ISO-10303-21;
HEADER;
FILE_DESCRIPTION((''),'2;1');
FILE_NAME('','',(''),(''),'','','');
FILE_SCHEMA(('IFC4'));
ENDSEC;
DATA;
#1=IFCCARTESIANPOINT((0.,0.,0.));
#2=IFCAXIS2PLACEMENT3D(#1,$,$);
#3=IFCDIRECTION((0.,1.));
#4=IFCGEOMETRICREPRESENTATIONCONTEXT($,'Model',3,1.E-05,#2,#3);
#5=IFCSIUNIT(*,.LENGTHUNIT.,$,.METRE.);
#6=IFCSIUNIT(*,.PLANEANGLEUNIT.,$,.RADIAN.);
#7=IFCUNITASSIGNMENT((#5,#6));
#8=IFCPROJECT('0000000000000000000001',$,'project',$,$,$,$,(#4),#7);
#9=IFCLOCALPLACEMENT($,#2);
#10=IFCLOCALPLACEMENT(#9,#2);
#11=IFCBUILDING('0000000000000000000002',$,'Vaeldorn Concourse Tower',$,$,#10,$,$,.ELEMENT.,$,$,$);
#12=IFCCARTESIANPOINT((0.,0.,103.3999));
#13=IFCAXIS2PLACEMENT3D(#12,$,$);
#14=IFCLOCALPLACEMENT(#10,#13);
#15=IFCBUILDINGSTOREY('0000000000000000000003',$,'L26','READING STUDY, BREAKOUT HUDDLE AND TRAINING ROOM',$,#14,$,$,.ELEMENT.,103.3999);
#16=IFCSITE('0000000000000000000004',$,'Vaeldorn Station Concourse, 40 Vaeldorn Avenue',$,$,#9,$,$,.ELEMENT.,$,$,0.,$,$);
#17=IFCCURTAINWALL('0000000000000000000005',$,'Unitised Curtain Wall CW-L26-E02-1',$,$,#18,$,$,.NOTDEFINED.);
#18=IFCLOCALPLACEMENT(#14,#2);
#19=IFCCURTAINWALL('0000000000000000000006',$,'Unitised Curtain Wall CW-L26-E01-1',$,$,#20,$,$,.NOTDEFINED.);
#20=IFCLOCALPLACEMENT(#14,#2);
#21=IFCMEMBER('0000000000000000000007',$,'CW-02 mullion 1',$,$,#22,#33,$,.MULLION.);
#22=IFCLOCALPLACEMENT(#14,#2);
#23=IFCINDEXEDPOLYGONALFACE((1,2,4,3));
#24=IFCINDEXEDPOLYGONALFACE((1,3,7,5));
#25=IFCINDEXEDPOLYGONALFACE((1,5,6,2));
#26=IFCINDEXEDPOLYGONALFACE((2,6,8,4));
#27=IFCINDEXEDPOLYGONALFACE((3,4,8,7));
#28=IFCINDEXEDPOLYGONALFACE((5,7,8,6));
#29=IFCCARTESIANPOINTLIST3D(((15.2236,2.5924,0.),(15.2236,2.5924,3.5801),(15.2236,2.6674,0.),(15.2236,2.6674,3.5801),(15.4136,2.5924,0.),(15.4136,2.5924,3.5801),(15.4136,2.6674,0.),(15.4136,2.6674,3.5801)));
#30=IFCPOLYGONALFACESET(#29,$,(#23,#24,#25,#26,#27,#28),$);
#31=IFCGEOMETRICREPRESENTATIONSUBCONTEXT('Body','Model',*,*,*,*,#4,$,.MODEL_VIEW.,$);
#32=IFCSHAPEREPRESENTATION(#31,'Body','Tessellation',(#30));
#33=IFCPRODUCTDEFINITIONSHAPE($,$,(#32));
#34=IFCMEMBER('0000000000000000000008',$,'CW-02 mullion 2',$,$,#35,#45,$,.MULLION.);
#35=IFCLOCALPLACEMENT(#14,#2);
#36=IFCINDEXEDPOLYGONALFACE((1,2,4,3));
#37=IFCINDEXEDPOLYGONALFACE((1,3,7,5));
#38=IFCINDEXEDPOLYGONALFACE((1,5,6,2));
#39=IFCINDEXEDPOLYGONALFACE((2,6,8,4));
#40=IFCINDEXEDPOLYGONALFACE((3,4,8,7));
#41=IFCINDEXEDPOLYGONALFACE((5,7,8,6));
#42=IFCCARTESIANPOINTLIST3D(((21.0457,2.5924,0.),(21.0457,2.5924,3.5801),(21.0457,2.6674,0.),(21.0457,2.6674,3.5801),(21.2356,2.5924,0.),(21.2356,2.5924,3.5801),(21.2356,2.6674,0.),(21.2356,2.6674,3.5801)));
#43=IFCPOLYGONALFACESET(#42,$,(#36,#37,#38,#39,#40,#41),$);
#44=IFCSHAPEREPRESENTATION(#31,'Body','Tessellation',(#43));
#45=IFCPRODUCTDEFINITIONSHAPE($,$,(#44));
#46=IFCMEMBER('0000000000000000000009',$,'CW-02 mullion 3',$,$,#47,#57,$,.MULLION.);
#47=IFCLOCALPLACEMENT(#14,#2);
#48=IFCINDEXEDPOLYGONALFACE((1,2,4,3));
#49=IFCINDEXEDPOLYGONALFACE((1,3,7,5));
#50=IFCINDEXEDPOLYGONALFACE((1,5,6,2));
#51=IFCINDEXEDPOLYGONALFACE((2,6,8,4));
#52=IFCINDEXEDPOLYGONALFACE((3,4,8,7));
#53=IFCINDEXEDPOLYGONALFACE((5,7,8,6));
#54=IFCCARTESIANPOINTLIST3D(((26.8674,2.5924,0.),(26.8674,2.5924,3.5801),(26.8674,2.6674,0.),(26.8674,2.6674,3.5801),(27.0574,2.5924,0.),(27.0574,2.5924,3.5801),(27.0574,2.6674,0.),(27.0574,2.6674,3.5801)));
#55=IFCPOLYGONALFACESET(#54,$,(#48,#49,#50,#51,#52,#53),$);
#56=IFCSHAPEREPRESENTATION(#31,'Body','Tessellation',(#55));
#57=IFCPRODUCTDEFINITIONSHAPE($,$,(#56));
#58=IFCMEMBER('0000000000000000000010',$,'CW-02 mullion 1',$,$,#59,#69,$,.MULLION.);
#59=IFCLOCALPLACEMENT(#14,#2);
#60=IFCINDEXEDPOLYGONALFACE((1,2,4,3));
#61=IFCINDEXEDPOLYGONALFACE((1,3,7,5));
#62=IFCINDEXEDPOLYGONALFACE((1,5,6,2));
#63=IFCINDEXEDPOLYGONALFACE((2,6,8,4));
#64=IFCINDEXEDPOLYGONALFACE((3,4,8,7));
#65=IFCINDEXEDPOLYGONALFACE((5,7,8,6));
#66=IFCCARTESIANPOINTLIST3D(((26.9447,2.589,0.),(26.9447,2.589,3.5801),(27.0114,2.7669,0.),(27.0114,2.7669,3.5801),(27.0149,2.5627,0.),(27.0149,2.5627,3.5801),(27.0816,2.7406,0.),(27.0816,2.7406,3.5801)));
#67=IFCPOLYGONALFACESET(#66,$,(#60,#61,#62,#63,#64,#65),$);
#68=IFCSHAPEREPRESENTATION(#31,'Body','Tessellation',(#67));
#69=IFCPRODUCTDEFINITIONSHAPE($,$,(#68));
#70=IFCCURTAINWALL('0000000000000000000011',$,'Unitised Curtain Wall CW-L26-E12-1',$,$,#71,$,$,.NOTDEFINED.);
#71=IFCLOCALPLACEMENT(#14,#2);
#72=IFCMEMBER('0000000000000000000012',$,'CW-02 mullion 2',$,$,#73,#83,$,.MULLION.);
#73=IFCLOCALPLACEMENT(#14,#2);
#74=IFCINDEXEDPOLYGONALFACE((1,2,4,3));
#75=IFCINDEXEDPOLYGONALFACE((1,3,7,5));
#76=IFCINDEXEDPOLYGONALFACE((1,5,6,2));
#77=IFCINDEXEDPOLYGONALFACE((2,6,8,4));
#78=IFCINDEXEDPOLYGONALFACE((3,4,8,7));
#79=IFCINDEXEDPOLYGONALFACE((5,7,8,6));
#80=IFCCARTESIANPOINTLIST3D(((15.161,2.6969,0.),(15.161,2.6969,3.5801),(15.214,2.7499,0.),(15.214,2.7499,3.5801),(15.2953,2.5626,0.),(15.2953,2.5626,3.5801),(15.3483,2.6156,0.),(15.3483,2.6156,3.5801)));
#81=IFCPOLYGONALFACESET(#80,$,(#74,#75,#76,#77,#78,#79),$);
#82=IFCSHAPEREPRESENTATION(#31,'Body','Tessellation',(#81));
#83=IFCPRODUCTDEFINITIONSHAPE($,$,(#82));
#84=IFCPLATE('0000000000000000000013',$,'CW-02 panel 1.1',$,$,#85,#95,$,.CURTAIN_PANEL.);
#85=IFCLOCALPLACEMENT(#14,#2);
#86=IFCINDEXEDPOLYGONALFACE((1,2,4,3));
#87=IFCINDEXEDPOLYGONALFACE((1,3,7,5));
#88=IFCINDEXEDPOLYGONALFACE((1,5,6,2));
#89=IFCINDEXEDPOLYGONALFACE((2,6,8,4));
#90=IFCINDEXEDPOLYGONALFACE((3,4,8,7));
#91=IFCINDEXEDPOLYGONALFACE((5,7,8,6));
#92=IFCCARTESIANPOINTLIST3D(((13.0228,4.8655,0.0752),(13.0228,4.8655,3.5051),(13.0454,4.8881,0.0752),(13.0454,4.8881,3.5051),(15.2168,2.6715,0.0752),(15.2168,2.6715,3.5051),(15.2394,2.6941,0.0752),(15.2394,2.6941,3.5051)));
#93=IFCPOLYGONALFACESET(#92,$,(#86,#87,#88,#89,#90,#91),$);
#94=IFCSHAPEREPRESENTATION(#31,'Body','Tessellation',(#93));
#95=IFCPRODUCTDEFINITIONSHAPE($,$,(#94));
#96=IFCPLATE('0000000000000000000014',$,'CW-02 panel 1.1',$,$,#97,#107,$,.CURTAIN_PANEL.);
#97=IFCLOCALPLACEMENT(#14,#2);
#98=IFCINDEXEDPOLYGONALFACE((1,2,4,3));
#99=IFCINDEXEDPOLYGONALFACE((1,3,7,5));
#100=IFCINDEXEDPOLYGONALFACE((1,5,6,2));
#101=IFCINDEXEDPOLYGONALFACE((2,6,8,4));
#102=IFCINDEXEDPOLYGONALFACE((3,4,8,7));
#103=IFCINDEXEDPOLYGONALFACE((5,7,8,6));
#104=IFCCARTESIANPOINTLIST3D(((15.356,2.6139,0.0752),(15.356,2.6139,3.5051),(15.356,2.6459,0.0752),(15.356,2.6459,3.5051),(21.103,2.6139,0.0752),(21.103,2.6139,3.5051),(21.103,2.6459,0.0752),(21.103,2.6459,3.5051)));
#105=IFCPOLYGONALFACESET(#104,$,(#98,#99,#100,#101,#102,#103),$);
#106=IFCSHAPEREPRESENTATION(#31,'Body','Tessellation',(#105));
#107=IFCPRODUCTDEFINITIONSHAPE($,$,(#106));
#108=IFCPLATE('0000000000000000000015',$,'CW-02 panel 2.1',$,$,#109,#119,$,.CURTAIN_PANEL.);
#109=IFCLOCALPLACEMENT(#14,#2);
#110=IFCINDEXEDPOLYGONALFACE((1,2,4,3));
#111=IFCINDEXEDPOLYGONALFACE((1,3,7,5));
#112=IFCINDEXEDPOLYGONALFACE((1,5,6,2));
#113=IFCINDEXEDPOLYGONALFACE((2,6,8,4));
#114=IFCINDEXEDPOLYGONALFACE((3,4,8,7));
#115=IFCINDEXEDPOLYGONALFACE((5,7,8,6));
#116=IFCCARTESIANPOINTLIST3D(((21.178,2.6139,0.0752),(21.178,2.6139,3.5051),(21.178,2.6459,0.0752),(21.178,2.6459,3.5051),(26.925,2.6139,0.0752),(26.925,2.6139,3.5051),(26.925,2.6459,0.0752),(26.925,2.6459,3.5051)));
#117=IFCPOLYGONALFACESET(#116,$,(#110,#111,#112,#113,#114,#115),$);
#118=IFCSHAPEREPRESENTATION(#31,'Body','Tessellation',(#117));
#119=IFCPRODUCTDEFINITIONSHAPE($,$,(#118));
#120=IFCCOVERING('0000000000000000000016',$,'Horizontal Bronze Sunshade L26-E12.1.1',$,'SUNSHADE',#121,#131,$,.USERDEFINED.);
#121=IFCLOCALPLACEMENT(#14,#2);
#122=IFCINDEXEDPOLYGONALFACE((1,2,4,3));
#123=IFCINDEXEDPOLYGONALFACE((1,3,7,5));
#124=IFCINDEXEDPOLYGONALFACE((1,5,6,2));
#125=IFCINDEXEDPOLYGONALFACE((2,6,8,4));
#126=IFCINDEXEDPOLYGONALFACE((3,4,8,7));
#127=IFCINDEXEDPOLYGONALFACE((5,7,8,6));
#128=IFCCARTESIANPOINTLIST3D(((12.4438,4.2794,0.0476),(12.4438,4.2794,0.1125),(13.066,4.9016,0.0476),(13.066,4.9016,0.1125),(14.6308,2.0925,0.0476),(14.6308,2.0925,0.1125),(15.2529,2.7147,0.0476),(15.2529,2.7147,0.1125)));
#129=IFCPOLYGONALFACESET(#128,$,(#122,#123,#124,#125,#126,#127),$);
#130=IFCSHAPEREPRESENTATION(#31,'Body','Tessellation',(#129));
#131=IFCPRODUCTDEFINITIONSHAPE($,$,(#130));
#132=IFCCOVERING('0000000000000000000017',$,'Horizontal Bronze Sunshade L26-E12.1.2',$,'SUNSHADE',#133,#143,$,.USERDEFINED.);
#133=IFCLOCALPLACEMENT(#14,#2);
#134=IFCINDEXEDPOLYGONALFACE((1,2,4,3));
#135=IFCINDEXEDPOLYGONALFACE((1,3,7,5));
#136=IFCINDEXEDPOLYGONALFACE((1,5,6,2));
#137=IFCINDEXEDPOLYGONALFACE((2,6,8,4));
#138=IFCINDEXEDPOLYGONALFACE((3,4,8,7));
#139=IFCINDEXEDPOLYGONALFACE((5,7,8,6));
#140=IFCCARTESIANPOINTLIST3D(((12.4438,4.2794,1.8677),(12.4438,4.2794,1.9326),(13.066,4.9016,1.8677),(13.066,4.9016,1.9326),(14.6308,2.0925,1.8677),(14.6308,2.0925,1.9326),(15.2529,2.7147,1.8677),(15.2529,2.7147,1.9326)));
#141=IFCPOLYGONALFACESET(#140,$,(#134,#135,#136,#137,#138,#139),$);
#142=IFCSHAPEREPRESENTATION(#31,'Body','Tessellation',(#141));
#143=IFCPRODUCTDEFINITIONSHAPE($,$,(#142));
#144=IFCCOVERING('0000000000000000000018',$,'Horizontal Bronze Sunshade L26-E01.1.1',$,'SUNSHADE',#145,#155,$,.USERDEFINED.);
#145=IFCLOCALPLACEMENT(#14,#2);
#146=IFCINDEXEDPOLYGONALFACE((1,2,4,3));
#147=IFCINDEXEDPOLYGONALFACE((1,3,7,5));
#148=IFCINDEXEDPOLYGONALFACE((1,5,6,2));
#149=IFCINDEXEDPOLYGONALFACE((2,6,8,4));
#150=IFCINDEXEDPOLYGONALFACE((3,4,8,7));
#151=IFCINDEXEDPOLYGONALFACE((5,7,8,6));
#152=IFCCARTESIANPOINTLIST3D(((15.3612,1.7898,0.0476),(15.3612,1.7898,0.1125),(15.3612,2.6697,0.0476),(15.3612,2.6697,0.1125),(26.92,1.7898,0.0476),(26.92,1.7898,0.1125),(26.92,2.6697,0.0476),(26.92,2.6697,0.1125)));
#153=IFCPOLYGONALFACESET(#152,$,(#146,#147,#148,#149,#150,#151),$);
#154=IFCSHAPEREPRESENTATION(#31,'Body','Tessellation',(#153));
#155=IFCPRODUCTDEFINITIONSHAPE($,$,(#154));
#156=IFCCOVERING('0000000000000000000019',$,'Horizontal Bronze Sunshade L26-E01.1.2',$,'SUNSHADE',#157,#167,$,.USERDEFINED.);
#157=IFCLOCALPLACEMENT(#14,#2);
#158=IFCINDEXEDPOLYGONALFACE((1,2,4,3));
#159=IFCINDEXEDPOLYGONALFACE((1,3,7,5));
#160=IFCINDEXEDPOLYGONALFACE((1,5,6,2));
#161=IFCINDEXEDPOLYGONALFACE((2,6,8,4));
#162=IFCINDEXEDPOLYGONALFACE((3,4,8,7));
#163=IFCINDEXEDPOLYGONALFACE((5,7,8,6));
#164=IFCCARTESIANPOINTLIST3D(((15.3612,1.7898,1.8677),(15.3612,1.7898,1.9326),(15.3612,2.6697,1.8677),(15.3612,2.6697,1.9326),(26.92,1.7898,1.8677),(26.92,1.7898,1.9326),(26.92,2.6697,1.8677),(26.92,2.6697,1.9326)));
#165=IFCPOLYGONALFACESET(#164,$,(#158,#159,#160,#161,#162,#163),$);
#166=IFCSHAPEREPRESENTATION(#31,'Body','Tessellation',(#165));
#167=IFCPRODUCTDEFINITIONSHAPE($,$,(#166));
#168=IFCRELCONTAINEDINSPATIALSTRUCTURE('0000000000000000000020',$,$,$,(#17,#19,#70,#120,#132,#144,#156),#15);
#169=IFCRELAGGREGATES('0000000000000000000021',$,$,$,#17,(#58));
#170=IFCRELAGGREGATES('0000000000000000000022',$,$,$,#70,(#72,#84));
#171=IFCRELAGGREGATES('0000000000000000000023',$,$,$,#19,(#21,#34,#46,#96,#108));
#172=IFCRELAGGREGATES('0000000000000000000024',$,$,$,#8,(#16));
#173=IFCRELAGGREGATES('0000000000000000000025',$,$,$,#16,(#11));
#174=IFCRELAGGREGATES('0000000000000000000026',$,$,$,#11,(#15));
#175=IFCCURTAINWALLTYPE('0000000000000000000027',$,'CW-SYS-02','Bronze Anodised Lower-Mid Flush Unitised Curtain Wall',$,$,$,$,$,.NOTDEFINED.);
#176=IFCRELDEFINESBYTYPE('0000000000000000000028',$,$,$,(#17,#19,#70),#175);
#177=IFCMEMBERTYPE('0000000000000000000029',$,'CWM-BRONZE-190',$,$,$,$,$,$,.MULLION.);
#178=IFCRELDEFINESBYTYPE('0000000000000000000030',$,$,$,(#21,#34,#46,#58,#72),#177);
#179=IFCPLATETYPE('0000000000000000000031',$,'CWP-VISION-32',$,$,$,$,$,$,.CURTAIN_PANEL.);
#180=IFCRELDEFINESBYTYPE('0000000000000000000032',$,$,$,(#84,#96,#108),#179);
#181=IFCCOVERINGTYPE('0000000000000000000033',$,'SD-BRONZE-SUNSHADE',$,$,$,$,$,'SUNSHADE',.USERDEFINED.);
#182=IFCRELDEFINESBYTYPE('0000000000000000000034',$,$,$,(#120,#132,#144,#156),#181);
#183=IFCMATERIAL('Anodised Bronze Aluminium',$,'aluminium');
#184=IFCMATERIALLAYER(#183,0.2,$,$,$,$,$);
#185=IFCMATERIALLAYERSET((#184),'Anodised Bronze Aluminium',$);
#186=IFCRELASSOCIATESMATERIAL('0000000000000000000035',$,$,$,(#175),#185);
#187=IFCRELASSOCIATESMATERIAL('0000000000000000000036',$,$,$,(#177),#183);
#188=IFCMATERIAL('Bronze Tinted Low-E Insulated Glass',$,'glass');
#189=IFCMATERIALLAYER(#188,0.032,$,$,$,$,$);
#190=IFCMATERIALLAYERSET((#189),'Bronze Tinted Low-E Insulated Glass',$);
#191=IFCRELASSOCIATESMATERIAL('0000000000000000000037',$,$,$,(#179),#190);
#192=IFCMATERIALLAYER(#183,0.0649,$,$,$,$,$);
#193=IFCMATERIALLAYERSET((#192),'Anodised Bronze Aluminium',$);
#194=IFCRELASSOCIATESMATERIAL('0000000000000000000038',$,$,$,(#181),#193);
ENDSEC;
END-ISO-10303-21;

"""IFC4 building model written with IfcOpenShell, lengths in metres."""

from ifc_helpers import new_model, si_unit, direction, frame, origin, origin_2d, place, context, subcontext, project, spatial, rectangle, extrude, source, transform, mapped, material, layer, layer_set, material_profile, profile_set, type_object, element, aggregate, save


model = new_model("IFC4")

# Units and contexts
model_context = context("Model", 3, precision=1e-05, world=origin(), true_north=direction((0.0, 1.0)))
body_context = subcontext(model_context, "Body", "Model", "MODEL_VIEW")
ifc_project = project(units=[si_unit("LENGTHUNIT", "METRE"), si_unit("PLANEANGLEUNIT", "RADIAN")], contexts=[model_context])

# Site, building, storey
site_placement = place(None, origin())
site = spatial("IfcSite", under=ifc_project, at=site_placement, Name="Vaeldorn Station Concourse, 40 Vaeldorn Avenue", CompositionType="ELEMENT", RefElevation=0.0)
building_placement = place(site_placement, origin())
building = spatial("IfcBuilding", under=site, at=building_placement, Name="Vaeldorn Concourse Tower", CompositionType="ELEMENT")
storey_placement = place(building_placement, frame((0.0, 0.0, 103.3999)))
storey = spatial("IfcBuildingStorey", under=building, at=storey_placement, Name="L26", Description="READING STUDY, BREAKOUT HUDDLE AND TRAINING ROOM", CompositionType="ELEMENT", Elevation=103.3999)

# Curtain walls, members
ifc_material_1 = material(Name="Anodised Bronze Aluminium", Category="aluminium")
ifc_layer_1 = layer(ifc_material_1, 0.2)
ifc_layer_set_1 = layer_set([ifc_layer_1], Name="Anodised Bronze Aluminium")
curtain_wall_type = type_object("IfcCurtainWallType", Name="CW-SYS-02", Description="Bronze Anodised Lower-Mid Flush Unitised Curtain Wall", PredefinedType="NOTDEFINED", material=ifc_layer_set_1)
curtain_wall_1_placement = place(storey_placement, origin())
curtain_wall_1 = element("IfcCurtainWall", 1, at=curtain_wall_1_placement, inside=storey, type_object=curtain_wall_type, Name="Unitised Curtain Wall CW-L26-E02-1", PredefinedType="NOTDEFINED")
curtain_wall_2_placement = place(storey_placement, origin())
curtain_wall_2 = element("IfcCurtainWall", 2, at=curtain_wall_2_placement, inside=storey, type_object=curtain_wall_type, Name="Unitised Curtain Wall CW-L26-E01-1", PredefinedType="NOTDEFINED")
ifc_material_profile_1 = material_profile(ifc_material_1, rectangle(XDim=0.075, YDim=0.1899, at=origin_2d()), Name="CWM 75x190")
ifc_profile_set_1 = profile_set([ifc_material_profile_1], Name="Anodised Bronze Aluminium")
member_type_1 = type_object("IfcMemberType", Name="CWM-BRONZE-190", PredefinedType="MULLION", material=ifc_profile_set_1)
shared_shape_1 = source(origin(), body_context, "Body", "SweptSolid", [
    extrude(rectangle(XDim=0.075, YDim=0.1899, at=origin_2d()), origin(), (0.0, 0.0, 1.0), 3.5801),
])
member_1_placement = place(storey_placement, frame((15.3186, 2.6299, 0.0), z_axis=(0.0, 0.0, 1.0), x_axis=(0.0, 1.0, 0.0)))
member_1 = element("IfcMember", 3, at=member_1_placement, type_object=member_type_1, Name="CW-02 mullion 1", PredefinedType="MULLION", context=body_context, shape_type="MappedRepresentation", body=[
    mapped(shared_shape_1, transform((0.0, 0.0, 0.0), scale=1.0)),
])
member_2_placement = place(storey_placement, frame((21.1406, 2.6299, 0.0), z_axis=(0.0, 0.0, 1.0), x_axis=(0.0, 1.0, 0.0)))
member_2 = element("IfcMember", 4, at=member_2_placement, type_object=member_type_1, Name="CW-02 mullion 2", PredefinedType="MULLION", context=body_context, shape_type="MappedRepresentation", body=[
    mapped(shared_shape_1, transform((0.0, 0.0, 0.0), scale=1.0)),
])
member_3_placement = place(storey_placement, frame((26.9624, 2.6299, 0.0), z_axis=(0.0, 0.0, 1.0), x_axis=(0.0, 1.0, 0.0)))
member_3 = element("IfcMember", 5, at=member_3_placement, type_object=member_type_1, Name="CW-02 mullion 3", PredefinedType="MULLION", context=body_context, shape_type="MappedRepresentation", body=[
    mapped(shared_shape_1, transform((0.0, 0.0, 0.0), scale=1.0)),
])

# Member
member_4_placement = place(storey_placement, frame((27.0132, 2.6648, 0.0), z_axis=(0.0, 0.0, 1.0), x_axis=(-0.936329, 0.351123, 0.0)))
member_4 = element("IfcMember", 6, at=member_4_placement, type_object=member_type_1, Name="CW-02 mullion 1", PredefinedType="MULLION", context=body_context, shape_type="MappedRepresentation", body=[
    mapped(shared_shape_1, transform((0.0, 0.0, 0.0), scale=1.0)),
])
aggregate(curtain_wall_1, [member_4])

# Curtain wall, member, plate
curtain_wall_3_placement = place(storey_placement, origin())
curtain_wall_3 = element("IfcCurtainWall", 7, at=curtain_wall_3_placement, inside=storey, type_object=curtain_wall_type, Name="Unitised Curtain Wall CW-L26-E12-1", PredefinedType="NOTDEFINED")
member_5_placement = place(storey_placement, frame((15.2546, 2.6562, 0.0), z_axis=(0.0, 0.0, 1.0), x_axis=(0.707107, 0.707107, 0.0)))
member_5 = element("IfcMember", 8, at=member_5_placement, type_object=member_type_1, Name="CW-02 mullion 2", PredefinedType="MULLION", context=body_context, shape_type="MappedRepresentation", body=[
    mapped(shared_shape_1, transform((0.0, 0.0, 0.0), scale=1.0)),
])
ifc_material_2 = material(Name="Bronze Tinted Low-E Insulated Glass", Category="glass")
ifc_layer_2 = layer(ifc_material_2, 0.032)
ifc_layer_set_2 = layer_set([ifc_layer_2], Name="Bronze Tinted Low-E Insulated Glass")
plate_type = type_object("IfcPlateType", Name="CWP-VISION-32", PredefinedType="CURTAIN_PANEL", material=ifc_layer_set_2)
shared_shape_2 = source(origin(), body_context, "Body", "SweptSolid", [
    extrude(rectangle(XDim=3.1028, YDim=0.032, at=origin_2d()), origin(), (0.0, 0.0, 1.0), 3.4299),
])
plate_1_placement = place(storey_placement, frame((14.1311, 3.7798, 0.0752), z_axis=(0.0, 0.0, 1.0), x_axis=(0.707107, -0.707107, 0.0)))
plate_1 = element("IfcPlate", 9, at=plate_1_placement, type_object=plate_type, Name="CW-02 panel 1.1", PredefinedType="CURTAIN_PANEL", context=body_context, shape_type="MappedRepresentation", body=[
    mapped(shared_shape_2, transform((0.0, 0.0, 0.0), scale=1.0)),
])
aggregate(curtain_wall_3, [member_5, plate_1])

# Plates
shared_shape_3 = source(origin(), body_context, "Body", "SweptSolid", [
    extrude(rectangle(XDim=5.7471, YDim=0.032, at=origin_2d()), origin(), (0.0, 0.0, 1.0), 3.4299),
])
plate_2_placement = place(storey_placement, frame((18.2295, 2.6299, 0.0752), z_axis=(0.0, 0.0, 1.0), x_axis=(1.0, 0.0, 0.0)))
plate_2 = element("IfcPlate", 10, at=plate_2_placement, type_object=plate_type, Name="CW-02 panel 1.1", PredefinedType="CURTAIN_PANEL", context=body_context, shape_type="MappedRepresentation", body=[
    mapped(shared_shape_3, transform((0.0, 0.0, 0.0), scale=1.0)),
])
plate_3_placement = place(storey_placement, frame((24.0515, 2.6299, 0.0752), z_axis=(0.0, 0.0, 1.0), x_axis=(1.0, 0.0, 0.0)))
plate_3 = element("IfcPlate", 11, at=plate_3_placement, type_object=plate_type, Name="CW-02 panel 2.1", PredefinedType="CURTAIN_PANEL", context=body_context, shape_type="MappedRepresentation", body=[
    mapped(shared_shape_3, transform((0.0, 0.0, 0.0), scale=1.0)),
])
aggregate(curtain_wall_2, [member_1, member_2, member_3, plate_2, plate_3])

# Coverings
ifc_layer_3 = layer(ifc_material_1, 0.0649)
ifc_layer_set_3 = layer_set([ifc_layer_3], Name="Anodised Bronze Aluminium")
covering_type = type_object("IfcCoveringType", Name="SD-BRONZE-SUNSHADE", ElementType="SUNSHADE", PredefinedType="USERDEFINED", material=ifc_layer_set_3)
shared_shape_4 = source(origin(), body_context, "Body", "SweptSolid", [
    extrude(rectangle(XDim=3.0928, YDim=0.8799, at=origin_2d()), origin(), (0.0, 0.0, 1.0), 0.0649),
])
for number, where, z_axis, x_axis, name in (
    (12, (13.8484, 3.4971, 0.0476), (0.0, 0.0, 1.0), (0.707107, -0.707107, 0.0), "Horizontal Bronze Sunshade L26-E12.1.1"),
    (13, (13.8484, 3.4971, 1.8677), (0.0, 0.0, 1.0), (0.707107, -0.707107, 0.0), "Horizontal Bronze Sunshade L26-E12.1.2"),
):
    element("IfcCovering", number, at=place(storey_placement, frame(where, z_axis=z_axis, x_axis=x_axis)), inside=storey, type_object=covering_type, Name=name, ObjectType="SUNSHADE", PredefinedType="USERDEFINED", context=body_context, shape_type="MappedRepresentation", body=[
        mapped(shared_shape_4, transform((0.0, 0.0, 0.0), scale=1.0)),
    ])
shared_shape_5 = source(origin(), body_context, "Body", "SweptSolid", [
    extrude(rectangle(XDim=11.5588, YDim=0.8799, at=origin_2d()), origin(), (0.0, 0.0, 1.0), 0.0649),
])
for number, where, z_axis, x_axis, name in (
    (14, (21.1406, 2.2297, 0.0476), (0.0, 0.0, 1.0), (1.0, 0.0, 0.0), "Horizontal Bronze Sunshade L26-E01.1.1"),
    (15, (21.1406, 2.2297, 1.8677), (0.0, 0.0, 1.0), (1.0, 0.0, 0.0), "Horizontal Bronze Sunshade L26-E01.1.2"),
):
    element("IfcCovering", number, at=place(storey_placement, frame(where, z_axis=z_axis, x_axis=x_axis)), inside=storey, type_object=covering_type, Name=name, ObjectType="SUNSHADE", PredefinedType="USERDEFINED", context=body_context, shape_type="MappedRepresentation", body=[
        mapped(shared_shape_5, transform((0.0, 0.0, 0.0), scale=1.0)),
    ])

save(model, "model.ifc")
